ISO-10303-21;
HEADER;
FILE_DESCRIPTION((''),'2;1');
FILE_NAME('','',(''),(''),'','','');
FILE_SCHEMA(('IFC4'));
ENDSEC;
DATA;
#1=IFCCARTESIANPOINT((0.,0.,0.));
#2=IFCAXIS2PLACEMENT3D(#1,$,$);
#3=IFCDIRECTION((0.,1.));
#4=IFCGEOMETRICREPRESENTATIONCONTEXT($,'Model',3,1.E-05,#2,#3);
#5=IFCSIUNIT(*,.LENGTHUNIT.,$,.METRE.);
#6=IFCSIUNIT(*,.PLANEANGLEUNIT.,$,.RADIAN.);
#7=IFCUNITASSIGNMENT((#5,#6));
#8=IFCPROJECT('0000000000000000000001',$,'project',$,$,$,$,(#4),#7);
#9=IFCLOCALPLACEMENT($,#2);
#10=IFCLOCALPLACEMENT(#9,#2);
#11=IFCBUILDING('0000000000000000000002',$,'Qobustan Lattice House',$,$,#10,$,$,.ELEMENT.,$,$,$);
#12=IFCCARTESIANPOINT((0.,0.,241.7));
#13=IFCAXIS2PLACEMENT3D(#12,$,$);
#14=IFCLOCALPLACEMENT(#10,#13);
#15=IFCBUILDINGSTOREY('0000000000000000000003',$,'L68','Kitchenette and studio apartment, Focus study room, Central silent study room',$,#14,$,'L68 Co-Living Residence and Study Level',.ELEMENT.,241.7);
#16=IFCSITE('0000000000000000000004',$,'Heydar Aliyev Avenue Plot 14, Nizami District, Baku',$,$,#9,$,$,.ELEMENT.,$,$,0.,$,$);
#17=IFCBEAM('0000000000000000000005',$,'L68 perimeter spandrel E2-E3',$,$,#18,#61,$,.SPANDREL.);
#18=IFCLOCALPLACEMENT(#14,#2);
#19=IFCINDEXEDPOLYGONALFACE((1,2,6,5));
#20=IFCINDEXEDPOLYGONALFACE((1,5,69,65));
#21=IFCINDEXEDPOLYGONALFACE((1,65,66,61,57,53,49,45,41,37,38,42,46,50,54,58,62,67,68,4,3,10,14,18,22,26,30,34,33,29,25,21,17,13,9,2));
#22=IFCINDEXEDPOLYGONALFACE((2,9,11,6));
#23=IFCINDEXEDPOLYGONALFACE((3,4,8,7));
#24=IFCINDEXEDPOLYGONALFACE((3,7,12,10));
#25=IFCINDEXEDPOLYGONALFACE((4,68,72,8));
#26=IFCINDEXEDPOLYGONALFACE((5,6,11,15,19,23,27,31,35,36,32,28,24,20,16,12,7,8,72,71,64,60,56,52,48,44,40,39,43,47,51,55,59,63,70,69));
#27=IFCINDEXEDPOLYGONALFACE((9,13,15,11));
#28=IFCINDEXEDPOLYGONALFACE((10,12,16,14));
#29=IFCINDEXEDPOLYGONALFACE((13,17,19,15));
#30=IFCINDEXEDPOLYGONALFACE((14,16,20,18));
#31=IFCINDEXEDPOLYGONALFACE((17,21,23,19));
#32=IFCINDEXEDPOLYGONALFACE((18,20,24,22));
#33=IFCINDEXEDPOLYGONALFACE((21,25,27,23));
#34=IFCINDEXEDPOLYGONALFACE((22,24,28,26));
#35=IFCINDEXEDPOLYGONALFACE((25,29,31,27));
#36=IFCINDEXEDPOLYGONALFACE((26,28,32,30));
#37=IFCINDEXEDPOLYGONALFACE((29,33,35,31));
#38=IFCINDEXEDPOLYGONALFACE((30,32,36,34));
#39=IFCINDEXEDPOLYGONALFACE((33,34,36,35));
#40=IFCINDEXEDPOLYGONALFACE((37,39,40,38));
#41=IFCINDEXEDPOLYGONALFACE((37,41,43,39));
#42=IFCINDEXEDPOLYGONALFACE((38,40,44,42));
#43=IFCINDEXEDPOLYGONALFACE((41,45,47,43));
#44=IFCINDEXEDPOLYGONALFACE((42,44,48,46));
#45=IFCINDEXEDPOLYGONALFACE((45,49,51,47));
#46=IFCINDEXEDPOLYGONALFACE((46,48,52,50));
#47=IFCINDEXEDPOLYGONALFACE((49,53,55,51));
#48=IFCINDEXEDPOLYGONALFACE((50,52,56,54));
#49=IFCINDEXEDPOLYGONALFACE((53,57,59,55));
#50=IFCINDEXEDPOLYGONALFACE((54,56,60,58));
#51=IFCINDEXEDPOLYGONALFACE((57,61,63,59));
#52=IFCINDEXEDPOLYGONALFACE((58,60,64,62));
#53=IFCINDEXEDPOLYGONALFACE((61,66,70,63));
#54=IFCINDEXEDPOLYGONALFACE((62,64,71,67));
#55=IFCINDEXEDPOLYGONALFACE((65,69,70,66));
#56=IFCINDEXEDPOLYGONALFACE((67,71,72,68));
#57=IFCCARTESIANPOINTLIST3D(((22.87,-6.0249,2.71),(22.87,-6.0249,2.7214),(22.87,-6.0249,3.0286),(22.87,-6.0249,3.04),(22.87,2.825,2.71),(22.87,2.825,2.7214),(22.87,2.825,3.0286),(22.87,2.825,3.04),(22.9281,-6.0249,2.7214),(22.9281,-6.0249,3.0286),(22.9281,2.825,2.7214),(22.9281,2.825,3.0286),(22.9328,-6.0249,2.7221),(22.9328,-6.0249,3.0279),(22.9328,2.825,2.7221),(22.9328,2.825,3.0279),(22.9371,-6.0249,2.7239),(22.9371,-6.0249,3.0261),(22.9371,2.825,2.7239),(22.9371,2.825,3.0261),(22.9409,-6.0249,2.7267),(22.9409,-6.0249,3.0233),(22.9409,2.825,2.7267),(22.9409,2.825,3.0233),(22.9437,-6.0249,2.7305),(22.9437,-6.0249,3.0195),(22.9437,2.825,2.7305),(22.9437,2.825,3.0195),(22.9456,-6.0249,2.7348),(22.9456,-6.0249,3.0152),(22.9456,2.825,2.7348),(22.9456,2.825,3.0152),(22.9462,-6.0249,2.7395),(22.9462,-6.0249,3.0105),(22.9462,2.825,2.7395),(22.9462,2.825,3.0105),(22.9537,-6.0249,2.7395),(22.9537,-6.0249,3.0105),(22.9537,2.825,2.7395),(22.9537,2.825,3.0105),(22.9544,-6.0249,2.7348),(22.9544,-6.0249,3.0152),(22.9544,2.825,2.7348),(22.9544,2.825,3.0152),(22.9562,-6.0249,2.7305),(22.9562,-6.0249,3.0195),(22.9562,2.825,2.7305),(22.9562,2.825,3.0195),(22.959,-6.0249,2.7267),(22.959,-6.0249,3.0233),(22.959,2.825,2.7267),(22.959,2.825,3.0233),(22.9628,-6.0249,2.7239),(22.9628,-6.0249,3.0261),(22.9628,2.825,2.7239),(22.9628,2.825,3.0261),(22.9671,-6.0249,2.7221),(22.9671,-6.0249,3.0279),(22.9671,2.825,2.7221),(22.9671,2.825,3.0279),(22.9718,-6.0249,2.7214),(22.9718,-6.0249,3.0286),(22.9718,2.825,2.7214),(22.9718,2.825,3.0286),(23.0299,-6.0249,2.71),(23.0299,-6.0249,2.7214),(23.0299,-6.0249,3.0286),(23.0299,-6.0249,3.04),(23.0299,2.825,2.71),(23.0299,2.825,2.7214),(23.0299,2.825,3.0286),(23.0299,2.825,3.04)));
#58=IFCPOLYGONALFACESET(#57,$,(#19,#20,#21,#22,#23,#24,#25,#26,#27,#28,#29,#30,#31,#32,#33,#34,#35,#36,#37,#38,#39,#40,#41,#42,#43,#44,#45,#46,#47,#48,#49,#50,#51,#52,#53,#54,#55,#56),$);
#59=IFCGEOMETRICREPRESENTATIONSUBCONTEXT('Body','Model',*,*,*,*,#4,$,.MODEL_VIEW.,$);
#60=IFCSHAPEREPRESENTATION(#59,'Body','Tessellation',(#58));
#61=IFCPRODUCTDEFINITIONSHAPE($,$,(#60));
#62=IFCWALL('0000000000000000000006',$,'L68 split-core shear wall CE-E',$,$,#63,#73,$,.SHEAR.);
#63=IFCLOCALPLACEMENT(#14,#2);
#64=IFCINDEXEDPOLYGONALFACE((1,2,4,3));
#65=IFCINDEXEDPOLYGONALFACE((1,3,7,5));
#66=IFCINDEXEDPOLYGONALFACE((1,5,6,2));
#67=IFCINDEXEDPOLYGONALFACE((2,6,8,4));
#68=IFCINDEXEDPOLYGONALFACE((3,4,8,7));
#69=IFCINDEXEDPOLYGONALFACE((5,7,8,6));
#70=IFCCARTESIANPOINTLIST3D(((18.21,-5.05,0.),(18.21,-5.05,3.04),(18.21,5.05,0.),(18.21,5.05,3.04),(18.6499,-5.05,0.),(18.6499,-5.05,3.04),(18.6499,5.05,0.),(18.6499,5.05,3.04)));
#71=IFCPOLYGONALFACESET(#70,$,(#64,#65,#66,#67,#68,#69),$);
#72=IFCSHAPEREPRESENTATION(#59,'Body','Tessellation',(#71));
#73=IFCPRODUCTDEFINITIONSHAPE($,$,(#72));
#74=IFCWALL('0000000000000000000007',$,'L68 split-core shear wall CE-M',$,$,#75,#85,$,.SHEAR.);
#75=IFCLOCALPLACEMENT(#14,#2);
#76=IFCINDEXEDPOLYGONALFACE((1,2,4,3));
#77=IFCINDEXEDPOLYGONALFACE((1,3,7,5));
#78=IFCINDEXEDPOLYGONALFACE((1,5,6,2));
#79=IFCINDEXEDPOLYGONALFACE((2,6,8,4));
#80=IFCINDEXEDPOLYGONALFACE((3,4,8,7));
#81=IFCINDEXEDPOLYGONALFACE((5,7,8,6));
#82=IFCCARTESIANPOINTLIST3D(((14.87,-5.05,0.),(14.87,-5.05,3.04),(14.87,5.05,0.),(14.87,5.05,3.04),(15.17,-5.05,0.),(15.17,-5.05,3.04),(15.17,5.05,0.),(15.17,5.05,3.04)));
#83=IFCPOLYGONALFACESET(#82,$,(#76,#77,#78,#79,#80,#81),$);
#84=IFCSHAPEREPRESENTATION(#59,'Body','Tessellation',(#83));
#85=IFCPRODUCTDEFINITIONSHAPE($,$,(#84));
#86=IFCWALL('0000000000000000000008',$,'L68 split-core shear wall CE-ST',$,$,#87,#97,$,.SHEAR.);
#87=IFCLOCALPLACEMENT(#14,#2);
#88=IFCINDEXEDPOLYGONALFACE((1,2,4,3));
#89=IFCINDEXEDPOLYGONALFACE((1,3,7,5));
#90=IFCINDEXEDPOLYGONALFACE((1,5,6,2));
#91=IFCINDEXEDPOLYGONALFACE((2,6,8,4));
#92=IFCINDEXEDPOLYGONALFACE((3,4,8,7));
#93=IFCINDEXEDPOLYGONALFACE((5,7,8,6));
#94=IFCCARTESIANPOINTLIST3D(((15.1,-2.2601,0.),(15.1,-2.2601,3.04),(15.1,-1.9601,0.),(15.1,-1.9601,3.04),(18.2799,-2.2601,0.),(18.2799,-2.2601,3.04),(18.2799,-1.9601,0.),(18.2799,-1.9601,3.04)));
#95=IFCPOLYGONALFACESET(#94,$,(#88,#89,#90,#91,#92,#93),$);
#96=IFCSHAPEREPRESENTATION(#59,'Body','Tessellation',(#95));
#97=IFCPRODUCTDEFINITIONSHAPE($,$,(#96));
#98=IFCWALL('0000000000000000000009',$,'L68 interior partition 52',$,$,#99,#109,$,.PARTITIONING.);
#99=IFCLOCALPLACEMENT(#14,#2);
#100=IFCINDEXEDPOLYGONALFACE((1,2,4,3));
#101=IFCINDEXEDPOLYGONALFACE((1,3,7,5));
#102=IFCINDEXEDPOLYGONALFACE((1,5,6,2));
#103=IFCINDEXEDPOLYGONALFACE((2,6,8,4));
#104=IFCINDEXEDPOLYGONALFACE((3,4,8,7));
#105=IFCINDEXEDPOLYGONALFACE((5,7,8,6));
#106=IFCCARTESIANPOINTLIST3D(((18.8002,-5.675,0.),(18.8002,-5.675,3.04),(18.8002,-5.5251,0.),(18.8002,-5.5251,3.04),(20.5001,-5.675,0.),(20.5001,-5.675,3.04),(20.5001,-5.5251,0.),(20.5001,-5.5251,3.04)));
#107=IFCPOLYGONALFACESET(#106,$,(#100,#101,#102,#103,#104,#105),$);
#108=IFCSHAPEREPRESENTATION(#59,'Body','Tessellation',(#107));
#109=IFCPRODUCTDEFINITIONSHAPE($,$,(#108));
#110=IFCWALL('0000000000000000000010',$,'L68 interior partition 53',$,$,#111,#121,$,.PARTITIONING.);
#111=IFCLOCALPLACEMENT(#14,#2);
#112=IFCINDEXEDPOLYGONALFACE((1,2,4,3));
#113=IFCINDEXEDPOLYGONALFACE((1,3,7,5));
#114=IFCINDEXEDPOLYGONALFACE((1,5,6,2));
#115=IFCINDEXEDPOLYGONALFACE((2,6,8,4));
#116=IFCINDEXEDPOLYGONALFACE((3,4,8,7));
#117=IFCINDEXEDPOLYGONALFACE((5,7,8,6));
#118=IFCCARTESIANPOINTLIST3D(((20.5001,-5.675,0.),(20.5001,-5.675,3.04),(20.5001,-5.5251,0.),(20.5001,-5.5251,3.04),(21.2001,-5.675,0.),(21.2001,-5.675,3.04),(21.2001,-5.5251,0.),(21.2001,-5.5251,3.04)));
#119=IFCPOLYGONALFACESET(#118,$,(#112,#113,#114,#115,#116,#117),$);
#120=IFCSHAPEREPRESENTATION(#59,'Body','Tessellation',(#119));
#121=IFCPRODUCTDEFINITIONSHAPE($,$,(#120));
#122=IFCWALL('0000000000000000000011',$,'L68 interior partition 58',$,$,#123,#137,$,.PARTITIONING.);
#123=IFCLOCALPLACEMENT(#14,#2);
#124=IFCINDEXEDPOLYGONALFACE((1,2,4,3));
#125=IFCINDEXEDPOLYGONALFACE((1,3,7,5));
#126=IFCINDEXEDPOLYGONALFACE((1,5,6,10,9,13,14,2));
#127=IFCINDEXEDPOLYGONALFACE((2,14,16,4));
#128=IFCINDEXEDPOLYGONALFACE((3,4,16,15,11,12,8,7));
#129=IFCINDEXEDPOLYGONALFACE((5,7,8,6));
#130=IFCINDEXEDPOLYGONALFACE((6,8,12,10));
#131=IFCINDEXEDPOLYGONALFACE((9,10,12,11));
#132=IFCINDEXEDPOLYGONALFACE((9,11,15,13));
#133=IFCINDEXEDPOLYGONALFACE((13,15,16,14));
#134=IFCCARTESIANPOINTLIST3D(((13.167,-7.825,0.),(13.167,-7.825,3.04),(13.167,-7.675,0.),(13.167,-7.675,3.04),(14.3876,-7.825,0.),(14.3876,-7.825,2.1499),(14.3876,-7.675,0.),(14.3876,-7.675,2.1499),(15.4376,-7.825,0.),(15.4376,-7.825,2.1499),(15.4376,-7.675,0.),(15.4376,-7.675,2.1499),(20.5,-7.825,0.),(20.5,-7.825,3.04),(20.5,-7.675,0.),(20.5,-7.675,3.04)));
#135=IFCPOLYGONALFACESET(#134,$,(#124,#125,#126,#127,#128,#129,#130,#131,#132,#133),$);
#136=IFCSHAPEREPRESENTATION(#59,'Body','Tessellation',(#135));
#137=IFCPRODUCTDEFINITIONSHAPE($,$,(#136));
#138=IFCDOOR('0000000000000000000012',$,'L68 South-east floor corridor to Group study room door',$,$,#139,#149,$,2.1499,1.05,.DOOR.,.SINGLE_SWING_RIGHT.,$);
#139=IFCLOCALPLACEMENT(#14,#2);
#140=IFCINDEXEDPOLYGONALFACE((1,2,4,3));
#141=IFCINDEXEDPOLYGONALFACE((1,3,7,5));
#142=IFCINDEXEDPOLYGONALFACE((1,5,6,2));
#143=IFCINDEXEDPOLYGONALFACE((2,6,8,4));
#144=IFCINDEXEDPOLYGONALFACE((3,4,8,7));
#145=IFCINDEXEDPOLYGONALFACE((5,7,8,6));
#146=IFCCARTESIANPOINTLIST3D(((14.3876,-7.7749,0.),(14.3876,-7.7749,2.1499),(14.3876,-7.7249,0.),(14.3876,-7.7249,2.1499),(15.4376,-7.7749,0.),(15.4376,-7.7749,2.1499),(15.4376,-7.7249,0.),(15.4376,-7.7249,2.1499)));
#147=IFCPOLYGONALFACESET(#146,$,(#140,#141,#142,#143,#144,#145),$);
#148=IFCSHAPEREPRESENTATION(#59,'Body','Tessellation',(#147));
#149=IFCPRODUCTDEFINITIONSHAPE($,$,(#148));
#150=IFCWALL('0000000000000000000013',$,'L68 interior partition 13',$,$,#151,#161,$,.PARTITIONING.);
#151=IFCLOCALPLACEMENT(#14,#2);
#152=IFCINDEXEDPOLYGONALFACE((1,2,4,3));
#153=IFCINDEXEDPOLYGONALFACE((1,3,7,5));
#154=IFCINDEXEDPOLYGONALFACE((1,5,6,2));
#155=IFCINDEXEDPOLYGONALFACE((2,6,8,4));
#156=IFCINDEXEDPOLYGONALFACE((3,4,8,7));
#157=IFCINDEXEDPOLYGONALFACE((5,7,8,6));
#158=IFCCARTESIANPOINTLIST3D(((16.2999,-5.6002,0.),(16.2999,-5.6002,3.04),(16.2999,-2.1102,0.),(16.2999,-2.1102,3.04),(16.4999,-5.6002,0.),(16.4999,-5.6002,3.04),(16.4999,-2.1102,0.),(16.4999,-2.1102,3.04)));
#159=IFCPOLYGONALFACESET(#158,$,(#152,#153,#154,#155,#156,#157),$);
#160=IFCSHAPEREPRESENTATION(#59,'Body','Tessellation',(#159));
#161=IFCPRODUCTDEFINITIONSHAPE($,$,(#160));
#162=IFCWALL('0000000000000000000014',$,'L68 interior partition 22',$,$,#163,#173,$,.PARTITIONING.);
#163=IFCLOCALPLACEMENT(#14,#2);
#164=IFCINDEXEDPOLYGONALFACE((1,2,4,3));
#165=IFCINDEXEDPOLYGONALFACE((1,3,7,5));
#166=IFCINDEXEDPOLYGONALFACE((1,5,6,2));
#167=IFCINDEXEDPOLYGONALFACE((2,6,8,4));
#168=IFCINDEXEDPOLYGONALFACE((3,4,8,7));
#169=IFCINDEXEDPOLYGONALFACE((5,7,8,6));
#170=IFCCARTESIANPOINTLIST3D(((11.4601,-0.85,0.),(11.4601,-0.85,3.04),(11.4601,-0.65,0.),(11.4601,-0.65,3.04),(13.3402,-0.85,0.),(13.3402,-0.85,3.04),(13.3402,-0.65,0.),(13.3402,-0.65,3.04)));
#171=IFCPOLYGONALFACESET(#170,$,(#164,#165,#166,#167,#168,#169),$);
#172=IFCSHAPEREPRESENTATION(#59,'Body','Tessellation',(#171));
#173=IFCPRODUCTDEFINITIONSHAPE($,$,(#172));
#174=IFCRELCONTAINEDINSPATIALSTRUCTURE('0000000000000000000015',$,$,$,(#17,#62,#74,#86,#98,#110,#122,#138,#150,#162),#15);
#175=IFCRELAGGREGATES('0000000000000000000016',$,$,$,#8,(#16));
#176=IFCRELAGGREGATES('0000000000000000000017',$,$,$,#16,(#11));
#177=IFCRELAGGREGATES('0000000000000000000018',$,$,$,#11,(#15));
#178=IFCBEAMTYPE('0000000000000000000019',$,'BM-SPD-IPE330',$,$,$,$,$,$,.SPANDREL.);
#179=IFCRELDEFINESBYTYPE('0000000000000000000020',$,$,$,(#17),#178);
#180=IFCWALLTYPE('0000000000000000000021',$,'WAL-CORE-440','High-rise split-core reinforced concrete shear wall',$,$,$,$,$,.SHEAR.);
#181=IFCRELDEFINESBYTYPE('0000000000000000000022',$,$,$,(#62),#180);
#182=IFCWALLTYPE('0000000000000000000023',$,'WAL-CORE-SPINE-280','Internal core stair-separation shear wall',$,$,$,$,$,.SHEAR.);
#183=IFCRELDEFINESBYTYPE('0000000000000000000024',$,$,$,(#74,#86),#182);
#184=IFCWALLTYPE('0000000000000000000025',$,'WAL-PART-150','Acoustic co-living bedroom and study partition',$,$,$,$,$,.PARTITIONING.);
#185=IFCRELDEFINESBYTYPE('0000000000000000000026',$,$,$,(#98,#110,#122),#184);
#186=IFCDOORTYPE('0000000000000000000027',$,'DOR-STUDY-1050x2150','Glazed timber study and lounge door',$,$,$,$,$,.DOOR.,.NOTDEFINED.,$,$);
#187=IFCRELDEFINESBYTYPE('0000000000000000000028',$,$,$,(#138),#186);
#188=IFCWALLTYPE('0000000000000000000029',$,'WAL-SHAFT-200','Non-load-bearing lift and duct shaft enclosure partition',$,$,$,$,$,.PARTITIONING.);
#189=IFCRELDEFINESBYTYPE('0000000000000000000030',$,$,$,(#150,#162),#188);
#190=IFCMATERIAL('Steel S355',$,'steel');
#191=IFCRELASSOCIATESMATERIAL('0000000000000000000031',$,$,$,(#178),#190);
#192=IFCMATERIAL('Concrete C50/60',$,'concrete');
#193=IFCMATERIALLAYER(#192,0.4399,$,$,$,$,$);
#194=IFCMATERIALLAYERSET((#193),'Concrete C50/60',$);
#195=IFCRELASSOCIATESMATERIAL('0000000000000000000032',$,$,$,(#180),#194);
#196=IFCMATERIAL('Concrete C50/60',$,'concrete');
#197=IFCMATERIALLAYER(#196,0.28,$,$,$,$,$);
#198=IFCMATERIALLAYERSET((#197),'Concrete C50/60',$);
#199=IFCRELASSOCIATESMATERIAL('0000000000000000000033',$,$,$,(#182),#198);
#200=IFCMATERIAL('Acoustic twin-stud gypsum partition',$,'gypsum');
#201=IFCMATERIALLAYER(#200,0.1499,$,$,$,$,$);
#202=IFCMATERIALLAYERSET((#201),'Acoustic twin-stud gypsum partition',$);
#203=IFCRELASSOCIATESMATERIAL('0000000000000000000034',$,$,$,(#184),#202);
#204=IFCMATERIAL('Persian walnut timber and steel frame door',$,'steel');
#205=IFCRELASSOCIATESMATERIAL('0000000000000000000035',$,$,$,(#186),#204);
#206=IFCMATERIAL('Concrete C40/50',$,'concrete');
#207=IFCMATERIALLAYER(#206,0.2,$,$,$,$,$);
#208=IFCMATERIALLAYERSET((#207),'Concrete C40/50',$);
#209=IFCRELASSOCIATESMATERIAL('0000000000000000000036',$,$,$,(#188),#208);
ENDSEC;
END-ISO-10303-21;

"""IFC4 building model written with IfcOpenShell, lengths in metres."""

from ifc_helpers import new_model, si_unit, direction, frame, frame_2d, origin, origin_2d, place, context, subcontext, project, spatial, rectangle, i_section, extrude, material, layer, layer_set, material_profile, profile_set, type_object, element, fill, save


model = new_model("IFC4")

# Units and contexts
model_context = context("Model", 3, precision=1e-05, world=origin(), true_north=direction((0.0, 1.0)))
body_context = subcontext(model_context, "Body", "Model", "MODEL_VIEW")
ifc_project = project(units=[si_unit("LENGTHUNIT", "METRE"), si_unit("PLANEANGLEUNIT", "RADIAN")], contexts=[model_context])

# Site, building, storey
site_placement = place(None, origin())
site = spatial("IfcSite", under=ifc_project, at=site_placement, Name="Heydar Aliyev Avenue Plot 14, Nizami District, Baku", CompositionType="ELEMENT", RefElevation=0.0)
building_placement = place(site_placement, origin())
building = spatial("IfcBuilding", under=site, at=building_placement, Name="Qobustan Lattice House", CompositionType="ELEMENT")
storey_placement = place(building_placement, frame((0.0, 0.0, 241.7)))
storey = spatial("IfcBuildingStorey", under=building, at=storey_placement, Name="L68", Description="Kitchenette and studio apartment, Focus study room, Central silent study room", LongName="L68 Co-Living Residence and Study Level", CompositionType="ELEMENT", Elevation=241.7)

# Beam
ifc_material_1 = material(Name="Steel S355", Category="steel")
ifc_material_profile_1 = material_profile(ifc_material_1, i_section(OverallWidth=0.1599, OverallDepth=0.3301, WebThickness=0.0076, FlangeThickness=0.0115, FilletRadius=0.0181, at=origin_2d()), Name="IPE330")
ifc_profile_set_1 = profile_set([ifc_material_profile_1], Name="Steel S355")
beam_type_1 = type_object("IfcBeamType", Name="BM-SPD-IPE330", PredefinedType="SPANDREL", material=ifc_profile_set_1)
beam_1_placement = place(storey_placement, frame((22.95, -6.0249, 2.875), z_axis=(0.0, 1.0, 0.0), x_axis=(-1.0, 0.0, 0.0)))
element("IfcBeam", 1, at=beam_1_placement, inside=storey, type_object=beam_type_1, Name="L68 perimeter spandrel E2-E3", PredefinedType="SPANDREL", context=body_context, shape_type="SweptSolid", body=[
    extrude(i_section(OverallWidth=0.1599, OverallDepth=0.3301, WebThickness=0.0076, FlangeThickness=0.0115, FilletRadius=0.0181, at=origin_2d()), origin(), (0.0, 0.0, 1.0), 8.8499),
])

# Walls
ifc_material_2 = material(Name="Concrete C50/60", Category="concrete")
ifc_layer_1 = layer(ifc_material_2, 0.4399)
ifc_layer_set_1 = layer_set([ifc_layer_1], Name="Concrete C50/60")
wall_type_1 = type_object("IfcWallType", Name="WAL-CORE-440", Description="High-rise split-core reinforced concrete shear wall", PredefinedType="SHEAR", material=ifc_layer_set_1)
wall_1_placement = place(storey_placement, frame((18.4299, -5.05, 0.0), z_axis=(0.0, 0.0, 1.0), x_axis=(0.0, 1.0, 0.0)))
element("IfcWall", 2, at=wall_1_placement, inside=storey, type_object=wall_type_1, Name="L68 split-core shear wall CE-E", PredefinedType="SHEAR", context=body_context, shape_type="SweptSolid", body=[
    extrude(rectangle(XDim=10.1001, YDim=0.4399, at=frame_2d((5.05, 0.0))), origin(), (0.0, 0.0, 1.0), 3.04),
])
ifc_material_3 = material(Name="Concrete C50/60", Category="concrete")
ifc_layer_2 = layer(ifc_material_3, 0.28)
ifc_layer_set_2 = layer_set([ifc_layer_2], Name="Concrete C50/60")
wall_type_2 = type_object("IfcWallType", Name="WAL-CORE-SPINE-280", Description="Internal core stair-separation shear wall", PredefinedType="SHEAR", material=ifc_layer_set_2)
wall_2_placement = place(storey_placement, frame((15.02, -5.05, 0.0), z_axis=(0.0, 0.0, 1.0), x_axis=(0.0, 1.0, 0.0)))
element("IfcWall", 3, at=wall_2_placement, inside=storey, type_object=wall_type_2, Name="L68 split-core shear wall CE-M", PredefinedType="SHEAR", context=body_context, shape_type="SweptSolid", body=[
    extrude(rectangle(XDim=10.1001, YDim=0.3, at=frame_2d((5.05, 0.0))), origin(), (0.0, 0.0, 1.0), 3.04),
])
wall_3_placement = place(storey_placement, frame((15.1001, -2.1101, 0.0), z_axis=(0.0, 0.0, 1.0), x_axis=(1.0, 0.0, 0.0)))
element("IfcWall", 4, at=wall_3_placement, inside=storey, type_object=wall_type_2, Name="L68 split-core shear wall CE-ST", PredefinedType="SHEAR", context=body_context, shape_type="SweptSolid", body=[
    extrude(rectangle(XDim=3.1799, YDim=0.3, at=frame_2d((1.5898, 0.0))), origin(), (0.0, 0.0, 1.0), 3.04),
])
ifc_material_4 = material(Name="Acoustic twin-stud gypsum partition", Category="gypsum")
ifc_layer_3 = layer(ifc_material_4, 0.1499)
ifc_layer_set_3 = layer_set([ifc_layer_3], Name="Acoustic twin-stud gypsum partition")
wall_type_3 = type_object("IfcWallType", Name="WAL-PART-150", Description="Acoustic co-living bedroom and study partition", PredefinedType="PARTITIONING", material=ifc_layer_set_3)
wall_4_placement = place(storey_placement, frame((18.8, -5.6001, 0.0), z_axis=(0.0, 0.0, 1.0), x_axis=(1.0, 0.0, 0.0)))
element("IfcWall", 5, at=wall_4_placement, inside=storey, type_object=wall_type_3, Name="L68 interior partition 52", PredefinedType="PARTITIONING", context=body_context, shape_type="SweptSolid", body=[
    extrude(rectangle(XDim=1.7, YDim=0.1499, at=frame_2d((0.8501, 0.0))), origin(), (0.0, 0.0, 1.0), 3.04),
])
wall_5_placement = place(storey_placement, frame((20.5, -5.6001, 0.0), z_axis=(0.0, 0.0, 1.0), x_axis=(1.0, 0.0, 0.0)))
element("IfcWall", 6, at=wall_5_placement, inside=storey, type_object=wall_type_3, Name="L68 interior partition 53", PredefinedType="PARTITIONING", context=body_context, shape_type="SweptSolid", body=[
    extrude(rectangle(XDim=0.7, YDim=0.1499, at=frame_2d((0.3501, 0.0))), origin(), (0.0, 0.0, 1.0), 3.04),
])

# Wall, opening, door
wall_6_placement = place(storey_placement, frame((20.5, -7.75, 0.0), z_axis=(0.0, 0.0, 1.0), x_axis=(-1.0, 0.0, 0.0)))
wall_6 = element("IfcWall", 7, at=wall_6_placement, inside=storey, type_object=wall_type_3, Name="L68 interior partition 58", PredefinedType="PARTITIONING", context=body_context, shape_type="SweptSolid", body=[
    extrude(rectangle(XDim=7.333, YDim=0.1499, at=frame_2d((3.6665, 0.0))), origin(), (0.0, 0.0, 1.0), 3.04),
])
opening_1_placement = place(wall_6_placement, frame((5.0625, 0.0, 0.0)))
opening_1 = element("IfcOpeningElement", 8, at=opening_1_placement, cuts=wall_6, PredefinedType="OPENING", context=body_context, shape_type="SweptSolid", body=[
    extrude(rectangle(XDim=1.05, YDim=2.1499, at=frame_2d((0.5249, 1.075))), frame((0.0, 0.085, 0.0), z_axis=(0.0, -1.0, 0.0), x_axis=(1.0, 0.0, 0.0)), (0.0, 0.0, 1.0), 0.1699),
])
ifc_material_5 = material(Name="Persian walnut timber and steel frame door", Category="steel")
door_type_1 = type_object("IfcDoorType", Name="DOR-STUDY-1050x2150", Description="Glazed timber study and lounge door", OperationType="NOTDEFINED", PredefinedType="DOOR", material=ifc_material_5)
door_1_placement = place(opening_1_placement, origin())
door_1 = element("IfcDoor", 9, at=door_1_placement, inside=storey, type_object=door_type_1, Name="L68 South-east floor corridor to Group study room door", OperationType="SINGLE_SWING_RIGHT", OverallHeight=2.1499, OverallWidth=1.05, PredefinedType="DOOR", context=body_context, shape_type="SweptSolid", body=[
    extrude(rectangle(XDim=1.05, YDim=2.1499, at=frame_2d((0.5249, 1.075))), frame((0.0, 0.0249, 0.0), z_axis=(0.0, -1.0, 0.0), x_axis=(1.0, 0.0, 0.0)), (0.0, 0.0, 1.0), 0.05),
])
fill(opening_1, door_1)

# Walls
ifc_material_6 = material(Name="Concrete C40/50", Category="concrete")
ifc_layer_4 = layer(ifc_material_6, 0.2)
ifc_layer_set_4 = layer_set([ifc_layer_4], Name="Concrete C40/50")
wall_type_4 = type_object("IfcWallType", Name="WAL-SHAFT-200", Description="Non-load-bearing lift and duct shaft enclosure partition", PredefinedType="PARTITIONING", material=ifc_layer_set_4)
wall_7_placement = place(storey_placement, frame((16.3999, -2.1101, 0.0), z_axis=(0.0, 0.0, 1.0), x_axis=(0.0, -1.0, 0.0)))
element("IfcWall", 10, at=wall_7_placement, inside=storey, type_object=wall_type_4, Name="L68 interior partition 13", PredefinedType="PARTITIONING", context=body_context, shape_type="SweptSolid", body=[
    extrude(rectangle(XDim=3.49, YDim=0.2, at=frame_2d((1.7451, 0.0))), origin(), (0.0, 0.0, 1.0), 3.04),
])
wall_8_placement = place(storey_placement, frame((13.3401, -0.75, 0.0), z_axis=(0.0, 0.0, 1.0), x_axis=(-1.0, 0.0, 0.0)))
element("IfcWall", 11, at=wall_8_placement, inside=storey, type_object=wall_type_4, Name="L68 interior partition 22", PredefinedType="PARTITIONING", context=body_context, shape_type="SweptSolid", body=[
    extrude(rectangle(XDim=1.8801, YDim=0.2, at=frame_2d((0.9399, 0.0))), origin(), (0.0, 0.0, 1.0), 3.04),
])

save(model, "model.ifc")
